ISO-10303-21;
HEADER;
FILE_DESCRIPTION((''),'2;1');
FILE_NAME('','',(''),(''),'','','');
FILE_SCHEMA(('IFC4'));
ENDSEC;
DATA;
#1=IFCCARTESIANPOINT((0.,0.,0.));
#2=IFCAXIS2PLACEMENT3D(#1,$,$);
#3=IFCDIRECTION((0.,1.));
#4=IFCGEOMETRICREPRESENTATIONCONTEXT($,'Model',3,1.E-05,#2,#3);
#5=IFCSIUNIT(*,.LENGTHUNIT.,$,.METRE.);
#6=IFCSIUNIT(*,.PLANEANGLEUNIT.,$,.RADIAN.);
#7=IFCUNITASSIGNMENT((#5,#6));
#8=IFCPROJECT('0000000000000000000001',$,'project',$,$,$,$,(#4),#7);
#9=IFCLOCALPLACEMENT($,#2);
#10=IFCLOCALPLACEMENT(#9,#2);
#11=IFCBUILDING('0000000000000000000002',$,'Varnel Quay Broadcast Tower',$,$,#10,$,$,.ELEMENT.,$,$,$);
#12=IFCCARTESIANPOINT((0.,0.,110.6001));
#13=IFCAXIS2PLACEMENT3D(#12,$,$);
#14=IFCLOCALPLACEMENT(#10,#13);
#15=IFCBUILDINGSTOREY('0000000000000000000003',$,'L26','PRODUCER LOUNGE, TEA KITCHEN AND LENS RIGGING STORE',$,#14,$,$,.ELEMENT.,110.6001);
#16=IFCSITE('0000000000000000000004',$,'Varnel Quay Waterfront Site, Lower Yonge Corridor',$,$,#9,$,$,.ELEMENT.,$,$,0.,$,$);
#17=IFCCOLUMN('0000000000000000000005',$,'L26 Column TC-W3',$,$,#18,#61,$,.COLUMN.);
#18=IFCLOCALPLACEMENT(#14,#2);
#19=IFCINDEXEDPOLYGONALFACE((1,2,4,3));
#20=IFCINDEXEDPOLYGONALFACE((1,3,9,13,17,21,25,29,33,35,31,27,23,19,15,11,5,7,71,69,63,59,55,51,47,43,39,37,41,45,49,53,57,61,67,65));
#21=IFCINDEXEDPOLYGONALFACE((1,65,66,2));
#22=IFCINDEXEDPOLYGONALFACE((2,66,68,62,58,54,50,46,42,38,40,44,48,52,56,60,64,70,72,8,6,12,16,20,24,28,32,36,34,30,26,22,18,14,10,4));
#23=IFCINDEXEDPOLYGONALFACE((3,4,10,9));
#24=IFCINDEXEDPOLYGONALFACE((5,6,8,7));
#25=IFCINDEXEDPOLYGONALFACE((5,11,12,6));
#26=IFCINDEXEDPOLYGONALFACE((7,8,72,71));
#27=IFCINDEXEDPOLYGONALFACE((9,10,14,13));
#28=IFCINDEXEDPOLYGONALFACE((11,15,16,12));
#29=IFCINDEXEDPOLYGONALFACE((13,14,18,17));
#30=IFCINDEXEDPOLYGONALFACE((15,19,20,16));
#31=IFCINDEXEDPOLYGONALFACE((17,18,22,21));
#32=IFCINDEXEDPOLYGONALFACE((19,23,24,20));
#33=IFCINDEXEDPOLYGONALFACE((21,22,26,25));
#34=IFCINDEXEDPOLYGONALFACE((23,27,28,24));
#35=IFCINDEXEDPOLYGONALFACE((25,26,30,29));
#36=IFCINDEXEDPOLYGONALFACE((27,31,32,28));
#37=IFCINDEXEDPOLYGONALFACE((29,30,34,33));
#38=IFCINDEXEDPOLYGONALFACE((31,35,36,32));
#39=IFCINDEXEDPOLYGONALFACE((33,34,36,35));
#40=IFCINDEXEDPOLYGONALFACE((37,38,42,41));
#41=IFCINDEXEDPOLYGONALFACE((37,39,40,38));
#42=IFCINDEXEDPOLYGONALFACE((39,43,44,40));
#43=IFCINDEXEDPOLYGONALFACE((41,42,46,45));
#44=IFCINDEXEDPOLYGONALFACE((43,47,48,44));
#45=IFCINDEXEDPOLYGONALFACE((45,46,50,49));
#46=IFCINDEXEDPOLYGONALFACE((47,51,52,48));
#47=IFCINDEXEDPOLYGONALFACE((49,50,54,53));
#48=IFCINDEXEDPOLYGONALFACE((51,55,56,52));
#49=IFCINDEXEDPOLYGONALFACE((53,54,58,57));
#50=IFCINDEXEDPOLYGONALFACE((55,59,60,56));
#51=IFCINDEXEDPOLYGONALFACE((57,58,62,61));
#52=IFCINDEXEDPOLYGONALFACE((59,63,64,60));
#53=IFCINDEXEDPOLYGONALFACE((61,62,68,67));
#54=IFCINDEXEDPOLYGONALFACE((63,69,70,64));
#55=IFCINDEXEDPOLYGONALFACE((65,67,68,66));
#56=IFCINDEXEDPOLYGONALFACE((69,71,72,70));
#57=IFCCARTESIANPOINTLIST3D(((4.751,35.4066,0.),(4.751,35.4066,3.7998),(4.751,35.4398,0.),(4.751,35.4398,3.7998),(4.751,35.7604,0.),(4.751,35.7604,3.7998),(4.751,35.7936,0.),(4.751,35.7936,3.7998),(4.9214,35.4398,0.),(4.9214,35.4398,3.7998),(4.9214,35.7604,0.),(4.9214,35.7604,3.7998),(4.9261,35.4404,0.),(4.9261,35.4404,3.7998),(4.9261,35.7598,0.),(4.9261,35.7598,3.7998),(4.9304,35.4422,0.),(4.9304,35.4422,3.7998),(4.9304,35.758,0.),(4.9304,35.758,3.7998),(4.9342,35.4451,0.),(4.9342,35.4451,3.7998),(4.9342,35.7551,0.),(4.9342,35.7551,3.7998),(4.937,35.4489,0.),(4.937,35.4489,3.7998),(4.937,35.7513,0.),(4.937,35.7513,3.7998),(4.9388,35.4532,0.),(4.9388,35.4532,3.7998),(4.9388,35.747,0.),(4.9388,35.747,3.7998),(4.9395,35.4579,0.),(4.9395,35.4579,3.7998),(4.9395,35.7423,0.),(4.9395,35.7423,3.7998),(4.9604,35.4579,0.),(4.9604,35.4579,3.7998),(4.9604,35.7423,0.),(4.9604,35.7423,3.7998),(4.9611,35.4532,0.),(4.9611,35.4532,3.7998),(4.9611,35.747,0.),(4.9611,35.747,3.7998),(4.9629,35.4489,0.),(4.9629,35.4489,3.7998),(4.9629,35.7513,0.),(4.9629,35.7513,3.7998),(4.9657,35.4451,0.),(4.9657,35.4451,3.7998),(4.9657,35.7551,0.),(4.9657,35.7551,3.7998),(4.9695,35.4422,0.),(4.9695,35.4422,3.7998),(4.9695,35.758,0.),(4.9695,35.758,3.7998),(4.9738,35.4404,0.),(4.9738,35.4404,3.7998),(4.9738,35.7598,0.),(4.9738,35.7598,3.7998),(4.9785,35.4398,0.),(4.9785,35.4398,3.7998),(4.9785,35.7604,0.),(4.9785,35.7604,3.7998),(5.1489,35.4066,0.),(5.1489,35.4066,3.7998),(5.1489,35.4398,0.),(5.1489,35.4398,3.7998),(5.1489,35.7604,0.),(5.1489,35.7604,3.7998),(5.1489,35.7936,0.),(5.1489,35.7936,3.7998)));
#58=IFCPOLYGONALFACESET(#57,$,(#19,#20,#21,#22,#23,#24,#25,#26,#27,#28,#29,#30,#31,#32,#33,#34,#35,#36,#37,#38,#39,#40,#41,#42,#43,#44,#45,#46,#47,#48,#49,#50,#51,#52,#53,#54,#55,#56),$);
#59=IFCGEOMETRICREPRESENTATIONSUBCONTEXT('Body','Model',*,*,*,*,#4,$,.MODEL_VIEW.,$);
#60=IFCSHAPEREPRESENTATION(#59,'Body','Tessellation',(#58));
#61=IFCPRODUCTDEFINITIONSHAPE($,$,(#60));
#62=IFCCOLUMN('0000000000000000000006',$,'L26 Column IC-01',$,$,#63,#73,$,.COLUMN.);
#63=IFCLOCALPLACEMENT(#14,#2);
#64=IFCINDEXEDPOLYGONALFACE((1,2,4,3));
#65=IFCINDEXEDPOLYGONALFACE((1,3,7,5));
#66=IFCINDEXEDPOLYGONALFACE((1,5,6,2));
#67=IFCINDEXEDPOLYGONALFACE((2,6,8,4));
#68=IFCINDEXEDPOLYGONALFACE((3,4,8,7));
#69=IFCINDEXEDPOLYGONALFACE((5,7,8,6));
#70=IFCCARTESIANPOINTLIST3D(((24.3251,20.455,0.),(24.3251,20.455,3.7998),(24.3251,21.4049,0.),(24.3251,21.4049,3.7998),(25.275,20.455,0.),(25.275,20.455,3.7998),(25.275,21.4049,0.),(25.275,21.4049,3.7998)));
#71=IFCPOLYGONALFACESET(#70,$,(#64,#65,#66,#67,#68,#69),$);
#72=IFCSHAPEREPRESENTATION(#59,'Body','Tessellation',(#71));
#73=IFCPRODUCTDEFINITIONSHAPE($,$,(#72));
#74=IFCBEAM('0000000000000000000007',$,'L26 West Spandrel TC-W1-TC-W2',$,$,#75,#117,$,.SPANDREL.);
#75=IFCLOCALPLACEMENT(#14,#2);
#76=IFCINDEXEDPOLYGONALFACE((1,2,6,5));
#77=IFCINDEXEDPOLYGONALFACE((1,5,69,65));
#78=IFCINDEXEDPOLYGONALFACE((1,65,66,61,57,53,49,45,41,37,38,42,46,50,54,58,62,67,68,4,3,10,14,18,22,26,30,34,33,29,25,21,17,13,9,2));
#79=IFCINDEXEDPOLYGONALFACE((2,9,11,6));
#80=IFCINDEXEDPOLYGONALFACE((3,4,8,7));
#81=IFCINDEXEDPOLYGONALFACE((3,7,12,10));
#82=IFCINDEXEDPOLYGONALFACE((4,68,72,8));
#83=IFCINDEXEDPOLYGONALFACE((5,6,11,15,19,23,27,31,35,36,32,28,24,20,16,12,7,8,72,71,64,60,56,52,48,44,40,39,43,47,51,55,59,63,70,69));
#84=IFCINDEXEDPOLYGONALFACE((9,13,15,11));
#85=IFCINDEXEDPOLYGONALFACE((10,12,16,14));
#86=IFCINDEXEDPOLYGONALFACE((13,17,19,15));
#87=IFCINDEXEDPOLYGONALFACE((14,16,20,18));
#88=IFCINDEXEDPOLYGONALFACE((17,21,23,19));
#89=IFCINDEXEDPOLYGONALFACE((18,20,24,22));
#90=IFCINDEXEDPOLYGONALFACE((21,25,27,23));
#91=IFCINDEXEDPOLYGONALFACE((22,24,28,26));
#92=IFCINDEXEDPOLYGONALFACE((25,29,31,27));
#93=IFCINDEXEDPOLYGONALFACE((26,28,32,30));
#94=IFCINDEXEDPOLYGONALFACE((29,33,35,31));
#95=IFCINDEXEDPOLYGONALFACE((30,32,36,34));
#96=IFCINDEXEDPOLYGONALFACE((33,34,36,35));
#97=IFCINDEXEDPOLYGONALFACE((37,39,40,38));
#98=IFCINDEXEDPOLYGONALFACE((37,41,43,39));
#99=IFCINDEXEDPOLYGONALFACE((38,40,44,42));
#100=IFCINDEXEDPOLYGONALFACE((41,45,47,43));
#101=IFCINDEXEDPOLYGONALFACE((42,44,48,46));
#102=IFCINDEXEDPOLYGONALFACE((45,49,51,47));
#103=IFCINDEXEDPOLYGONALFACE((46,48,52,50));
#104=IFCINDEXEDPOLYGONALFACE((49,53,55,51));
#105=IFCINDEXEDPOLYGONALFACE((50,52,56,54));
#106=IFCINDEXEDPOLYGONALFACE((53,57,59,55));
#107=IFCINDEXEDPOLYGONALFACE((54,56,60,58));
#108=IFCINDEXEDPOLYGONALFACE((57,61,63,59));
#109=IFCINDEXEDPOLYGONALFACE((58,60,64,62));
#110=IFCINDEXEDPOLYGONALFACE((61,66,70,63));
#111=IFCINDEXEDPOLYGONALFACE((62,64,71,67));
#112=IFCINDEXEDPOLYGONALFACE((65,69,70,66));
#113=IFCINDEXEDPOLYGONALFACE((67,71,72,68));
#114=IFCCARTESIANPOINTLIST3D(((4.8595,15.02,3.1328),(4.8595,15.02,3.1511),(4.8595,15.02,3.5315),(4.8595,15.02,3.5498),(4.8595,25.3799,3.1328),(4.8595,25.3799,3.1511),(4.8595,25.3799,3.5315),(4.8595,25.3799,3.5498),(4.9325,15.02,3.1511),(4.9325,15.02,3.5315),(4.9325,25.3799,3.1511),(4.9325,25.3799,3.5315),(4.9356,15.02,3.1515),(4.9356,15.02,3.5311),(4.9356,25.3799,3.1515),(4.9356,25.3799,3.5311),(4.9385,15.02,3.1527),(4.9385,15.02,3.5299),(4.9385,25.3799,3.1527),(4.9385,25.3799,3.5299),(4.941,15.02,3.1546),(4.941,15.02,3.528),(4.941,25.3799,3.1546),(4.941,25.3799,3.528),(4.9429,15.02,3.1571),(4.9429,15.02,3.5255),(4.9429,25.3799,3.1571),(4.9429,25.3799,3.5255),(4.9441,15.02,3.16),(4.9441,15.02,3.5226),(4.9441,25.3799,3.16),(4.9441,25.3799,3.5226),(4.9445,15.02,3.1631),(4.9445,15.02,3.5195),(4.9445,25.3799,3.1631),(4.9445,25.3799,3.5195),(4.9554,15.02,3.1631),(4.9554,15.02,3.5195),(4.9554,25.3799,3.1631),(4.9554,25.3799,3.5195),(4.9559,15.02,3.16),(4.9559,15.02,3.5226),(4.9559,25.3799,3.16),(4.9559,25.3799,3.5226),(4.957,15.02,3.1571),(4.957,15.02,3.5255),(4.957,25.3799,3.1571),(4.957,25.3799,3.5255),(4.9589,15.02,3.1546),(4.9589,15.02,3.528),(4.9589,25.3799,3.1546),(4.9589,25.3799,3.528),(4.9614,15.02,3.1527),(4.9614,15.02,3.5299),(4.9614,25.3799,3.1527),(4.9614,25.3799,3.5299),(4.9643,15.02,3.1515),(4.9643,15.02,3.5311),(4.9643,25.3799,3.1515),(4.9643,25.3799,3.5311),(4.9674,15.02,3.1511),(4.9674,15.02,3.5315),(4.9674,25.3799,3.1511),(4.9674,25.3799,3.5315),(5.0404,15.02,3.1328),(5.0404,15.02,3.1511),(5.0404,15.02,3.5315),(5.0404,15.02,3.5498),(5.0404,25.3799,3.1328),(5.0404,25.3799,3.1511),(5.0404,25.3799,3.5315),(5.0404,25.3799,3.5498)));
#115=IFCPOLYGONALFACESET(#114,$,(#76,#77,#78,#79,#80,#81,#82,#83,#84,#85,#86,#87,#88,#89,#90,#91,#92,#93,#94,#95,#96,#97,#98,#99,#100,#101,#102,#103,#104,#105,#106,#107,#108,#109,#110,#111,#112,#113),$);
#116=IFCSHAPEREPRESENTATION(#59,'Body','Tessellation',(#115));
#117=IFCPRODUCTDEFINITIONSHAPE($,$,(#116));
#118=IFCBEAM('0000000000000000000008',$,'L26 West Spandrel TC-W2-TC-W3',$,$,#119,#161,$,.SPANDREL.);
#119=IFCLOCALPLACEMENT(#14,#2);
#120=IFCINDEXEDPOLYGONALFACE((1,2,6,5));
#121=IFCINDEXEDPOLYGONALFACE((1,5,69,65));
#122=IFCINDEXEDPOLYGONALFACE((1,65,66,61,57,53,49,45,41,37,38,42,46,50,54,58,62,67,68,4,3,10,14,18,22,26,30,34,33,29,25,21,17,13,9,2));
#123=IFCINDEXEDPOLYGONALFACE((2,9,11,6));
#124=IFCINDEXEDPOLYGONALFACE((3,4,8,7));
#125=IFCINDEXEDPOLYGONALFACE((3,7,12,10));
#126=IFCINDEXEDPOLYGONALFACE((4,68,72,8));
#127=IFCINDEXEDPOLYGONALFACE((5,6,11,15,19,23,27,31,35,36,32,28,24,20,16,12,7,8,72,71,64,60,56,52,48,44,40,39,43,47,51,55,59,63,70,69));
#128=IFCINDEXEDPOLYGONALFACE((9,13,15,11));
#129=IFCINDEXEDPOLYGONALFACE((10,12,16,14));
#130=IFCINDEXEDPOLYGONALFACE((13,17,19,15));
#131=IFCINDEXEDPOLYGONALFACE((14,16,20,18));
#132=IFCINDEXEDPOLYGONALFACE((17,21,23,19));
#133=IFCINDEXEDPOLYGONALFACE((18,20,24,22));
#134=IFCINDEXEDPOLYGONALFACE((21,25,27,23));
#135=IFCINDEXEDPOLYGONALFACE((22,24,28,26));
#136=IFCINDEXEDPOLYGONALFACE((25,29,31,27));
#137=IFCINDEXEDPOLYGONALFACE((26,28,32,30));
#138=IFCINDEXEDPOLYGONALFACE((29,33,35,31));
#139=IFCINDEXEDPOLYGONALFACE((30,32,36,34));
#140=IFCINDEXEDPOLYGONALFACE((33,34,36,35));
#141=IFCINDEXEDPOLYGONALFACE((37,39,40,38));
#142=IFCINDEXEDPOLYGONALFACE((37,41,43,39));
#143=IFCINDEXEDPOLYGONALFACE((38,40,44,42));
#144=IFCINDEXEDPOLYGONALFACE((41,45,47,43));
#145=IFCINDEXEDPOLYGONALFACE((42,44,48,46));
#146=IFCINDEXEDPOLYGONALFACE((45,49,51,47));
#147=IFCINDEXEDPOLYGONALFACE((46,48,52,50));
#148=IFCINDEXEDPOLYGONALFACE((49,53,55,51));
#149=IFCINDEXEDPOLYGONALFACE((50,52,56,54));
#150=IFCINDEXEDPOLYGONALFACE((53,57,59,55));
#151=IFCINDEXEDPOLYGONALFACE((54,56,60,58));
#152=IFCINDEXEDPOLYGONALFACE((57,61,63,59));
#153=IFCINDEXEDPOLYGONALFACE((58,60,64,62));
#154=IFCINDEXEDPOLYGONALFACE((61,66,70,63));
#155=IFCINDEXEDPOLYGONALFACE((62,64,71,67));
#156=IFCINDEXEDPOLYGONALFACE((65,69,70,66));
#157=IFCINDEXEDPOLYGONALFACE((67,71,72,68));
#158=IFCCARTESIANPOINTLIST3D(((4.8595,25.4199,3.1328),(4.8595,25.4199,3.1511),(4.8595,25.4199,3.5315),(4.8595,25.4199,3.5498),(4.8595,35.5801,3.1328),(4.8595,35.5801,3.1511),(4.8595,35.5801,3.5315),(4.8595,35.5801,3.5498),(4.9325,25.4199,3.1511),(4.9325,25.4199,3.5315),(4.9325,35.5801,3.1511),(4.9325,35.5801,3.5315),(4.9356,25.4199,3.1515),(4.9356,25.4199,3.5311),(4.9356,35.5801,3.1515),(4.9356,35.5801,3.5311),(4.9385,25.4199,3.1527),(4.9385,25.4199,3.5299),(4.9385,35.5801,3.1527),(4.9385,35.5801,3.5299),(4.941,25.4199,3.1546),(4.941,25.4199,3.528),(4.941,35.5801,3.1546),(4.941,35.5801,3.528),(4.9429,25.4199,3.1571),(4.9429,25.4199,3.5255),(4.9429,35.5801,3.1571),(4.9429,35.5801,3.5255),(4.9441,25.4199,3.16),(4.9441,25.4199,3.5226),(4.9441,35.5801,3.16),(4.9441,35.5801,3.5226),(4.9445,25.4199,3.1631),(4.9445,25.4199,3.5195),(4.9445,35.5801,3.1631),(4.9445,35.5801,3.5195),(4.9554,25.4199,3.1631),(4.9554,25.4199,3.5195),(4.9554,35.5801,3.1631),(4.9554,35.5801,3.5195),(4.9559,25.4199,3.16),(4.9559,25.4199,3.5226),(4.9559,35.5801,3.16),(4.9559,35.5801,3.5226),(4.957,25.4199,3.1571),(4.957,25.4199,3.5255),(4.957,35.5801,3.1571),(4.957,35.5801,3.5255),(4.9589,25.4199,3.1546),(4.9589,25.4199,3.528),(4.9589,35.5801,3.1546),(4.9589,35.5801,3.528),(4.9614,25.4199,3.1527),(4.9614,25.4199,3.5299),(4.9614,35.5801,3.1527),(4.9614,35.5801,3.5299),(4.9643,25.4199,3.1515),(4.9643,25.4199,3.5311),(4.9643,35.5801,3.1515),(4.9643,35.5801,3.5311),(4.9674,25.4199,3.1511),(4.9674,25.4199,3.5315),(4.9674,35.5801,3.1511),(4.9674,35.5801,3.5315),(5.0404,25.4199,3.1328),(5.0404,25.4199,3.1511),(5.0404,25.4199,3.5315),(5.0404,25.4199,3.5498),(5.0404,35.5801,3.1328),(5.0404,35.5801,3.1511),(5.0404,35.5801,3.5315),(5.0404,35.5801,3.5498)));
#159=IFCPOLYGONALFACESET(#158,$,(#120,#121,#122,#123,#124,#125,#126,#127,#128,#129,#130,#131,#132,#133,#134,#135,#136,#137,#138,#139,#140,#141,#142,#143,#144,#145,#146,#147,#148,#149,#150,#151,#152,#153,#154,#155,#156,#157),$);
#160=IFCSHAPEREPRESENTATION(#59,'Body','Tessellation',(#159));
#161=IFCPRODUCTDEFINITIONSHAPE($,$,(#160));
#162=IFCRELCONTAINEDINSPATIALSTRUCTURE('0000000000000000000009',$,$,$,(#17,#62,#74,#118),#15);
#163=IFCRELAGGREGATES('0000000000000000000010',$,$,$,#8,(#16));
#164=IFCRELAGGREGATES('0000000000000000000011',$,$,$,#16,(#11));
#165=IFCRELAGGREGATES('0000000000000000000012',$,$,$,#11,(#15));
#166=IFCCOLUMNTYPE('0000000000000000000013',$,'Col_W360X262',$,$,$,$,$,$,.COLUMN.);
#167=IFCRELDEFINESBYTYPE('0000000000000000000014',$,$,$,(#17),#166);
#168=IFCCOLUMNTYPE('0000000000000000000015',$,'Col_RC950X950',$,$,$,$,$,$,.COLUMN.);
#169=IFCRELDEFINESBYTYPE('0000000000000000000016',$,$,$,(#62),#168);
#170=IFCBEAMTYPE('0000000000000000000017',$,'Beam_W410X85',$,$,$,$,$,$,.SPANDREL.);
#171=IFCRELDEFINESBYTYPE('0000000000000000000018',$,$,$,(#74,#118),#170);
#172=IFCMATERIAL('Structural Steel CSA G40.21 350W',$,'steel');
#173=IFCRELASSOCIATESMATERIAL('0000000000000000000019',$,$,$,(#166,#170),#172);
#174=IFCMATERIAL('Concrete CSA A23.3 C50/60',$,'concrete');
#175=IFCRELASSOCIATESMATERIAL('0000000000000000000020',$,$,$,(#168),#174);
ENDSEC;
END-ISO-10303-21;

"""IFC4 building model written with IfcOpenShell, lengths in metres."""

from ifc_helpers import new_model, si_unit, direction, frame, origin, origin_2d, place, context, subcontext, project, spatial, rectangle, i_section, extrude, source, transform, mapped, material, material_profile, profile_set, type_object, type_shapes, element, save


model = new_model("IFC4")

# Units and contexts
model_context = context("Model", 3, precision=1e-05, world=origin(), true_north=direction((0.0, 1.0)))
body_context = subcontext(model_context, "Body", "Model", "MODEL_VIEW")
ifc_project = project(units=[si_unit("LENGTHUNIT", "METRE"), si_unit("PLANEANGLEUNIT", "RADIAN")], contexts=[model_context])

# Site, building, storey
site_placement = place(None, origin())
site = spatial("IfcSite", under=ifc_project, at=site_placement, Name="Varnel Quay Waterfront Site, Lower Yonge Corridor", CompositionType="ELEMENT", RefElevation=0.0)
building_placement = place(site_placement, origin())
building = spatial("IfcBuilding", under=site, at=building_placement, Name="Varnel Quay Broadcast Tower", CompositionType="ELEMENT")
storey_placement = place(building_placement, frame((0.0, 0.0, 110.6001)))
storey = spatial("IfcBuildingStorey", under=building, at=storey_placement, Name="L26", Description="PRODUCER LOUNGE, TEA KITCHEN AND LENS RIGGING STORE", CompositionType="ELEMENT", Elevation=110.6001)

# Columns
ifc_material_1 = material(Name="Structural Steel CSA G40.21 350W", Category="steel")
ifc_material_profile_1 = material_profile(ifc_material_1, i_section(OverallWidth=0.3979, OverallDepth=0.387, WebThickness=0.021, FlangeThickness=0.0332, FilletRadius=0.0181, at=origin_2d()), Name="W360X262")
ifc_profile_set_1 = profile_set([ifc_material_profile_1], Name="Structural Steel CSA G40.21 350W")
column_type_1 = type_object("IfcColumnType", Name="Col_W360X262", PredefinedType="COLUMN", material=ifc_profile_set_1)
shared_shape_1 = source(origin(), body_context, "Body", "SweptSolid", [
    extrude(i_section(OverallWidth=0.3979, OverallDepth=0.387, WebThickness=0.021, FlangeThickness=0.0332, FilletRadius=0.0181, at=origin_2d()), origin(), (0.0, 0.0, 1.0), 3.7998),
])
type_shapes(column_type_1, [shared_shape_1])
for number, where, z_axis, x_axis, name in (
    (1, (4.95, 35.6001, 0.0), (0.0, 0.0, 1.0), (1.0, 0.0, 0.0), "L26 Column TC-W3"),
):
    element("IfcColumn", number, at=place(storey_placement, frame(where, z_axis=z_axis, x_axis=x_axis)), inside=storey, type_object=column_type_1, Name=name, PredefinedType="COLUMN", context=body_context, shape_type="MappedRepresentation", body=[
        mapped(shared_shape_1, transform((0.0, 0.0, 0.0), x_axis=(1.0, 0.0, 0.0), y_axis=(0.0, 1.0, 0.0), z_axis=(0.0, 0.0, 1.0), scale=1.0)),
    ])
ifc_material_2 = material(Name="Concrete CSA A23.3 C50/60", Category="concrete")
ifc_material_profile_2 = material_profile(ifc_material_2, rectangle(XDim=0.95, YDim=0.95, at=origin_2d()), Name="RC950X950")
ifc_profile_set_2 = profile_set([ifc_material_profile_2], Name="Concrete CSA A23.3 C50/60")
column_type_2 = type_object("IfcColumnType", Name="Col_RC950X950", PredefinedType="COLUMN", material=ifc_profile_set_2)
shared_shape_2 = source(origin(), body_context, "Body", "SweptSolid", [
    extrude(rectangle(XDim=0.95, YDim=0.95, at=origin_2d()), origin(), (0.0, 0.0, 1.0), 3.7998),
])
type_shapes(column_type_2, [shared_shape_2])
column_placement = place(storey_placement, frame((24.8, 20.9299, 0.0), z_axis=(0.0, 0.0, 1.0), x_axis=(1.0, 0.0, 0.0)))
element("IfcColumn", 2, at=column_placement, inside=storey, type_object=column_type_2, Name="L26 Column IC-01", PredefinedType="COLUMN", context=body_context, shape_type="MappedRepresentation", body=[
    mapped(shared_shape_2, transform((0.0, 0.0, 0.0), x_axis=(1.0, 0.0, 0.0), y_axis=(0.0, 1.0, 0.0), z_axis=(0.0, 0.0, 1.0), scale=1.0)),
])

# Beams
ifc_material_profile_3 = material_profile(ifc_material_1, i_section(OverallWidth=0.1809, OverallDepth=0.417, WebThickness=0.011, FlangeThickness=0.0183, FilletRadius=0.012, at=origin_2d()), Name="W410X85")
ifc_profile_set_3 = profile_set([ifc_material_profile_3], Name="Structural Steel CSA G40.21 350W")
beam_type_1 = type_object("IfcBeamType", Name="Beam_W410X85", PredefinedType="SPANDREL", material=ifc_profile_set_3)
shared_shape_3 = source(origin(), body_context, "Body", "SweptSolid", [
    extrude(i_section(OverallWidth=0.1809, OverallDepth=0.417, WebThickness=0.011, FlangeThickness=0.0183, FilletRadius=0.012, at=origin_2d()), origin(), (0.0, 0.0, 1.0), 10.3599),
])
beam_1_placement = place(storey_placement, frame((4.95, 15.02, 3.3413), z_axis=(0.0, 1.0, 0.0), x_axis=(-1.0, 0.0, 0.0)))
element("IfcBeam", 3, at=beam_1_placement, inside=storey, type_object=beam_type_1, Name="L26 West Spandrel TC-W1-TC-W2", PredefinedType="SPANDREL", context=body_context, shape_type="MappedRepresentation", body=[
    mapped(shared_shape_3, transform((0.0, 0.0, 0.0), x_axis=(1.0, 0.0, 0.0), y_axis=(0.0, 1.0, 0.0), z_axis=(0.0, 0.0, 1.0), scale=1.0)),
])
shared_shape_4 = source(origin(), body_context, "Body", "SweptSolid", [
    extrude(i_section(OverallWidth=0.1809, OverallDepth=0.417, WebThickness=0.011, FlangeThickness=0.0183, FilletRadius=0.012, at=origin_2d()), origin(), (0.0, 0.0, 1.0), 10.1602),
])
type_shapes(beam_type_1, [shared_shape_3, shared_shape_4])
beam_2_placement = place(storey_placement, frame((4.95, 25.4199, 3.3413), z_axis=(0.0, 1.0, 0.0), x_axis=(-1.0, 0.0, 0.0)))
element("IfcBeam", 4, at=beam_2_placement, inside=storey, type_object=beam_type_1, Name="L26 West Spandrel TC-W2-TC-W3", PredefinedType="SPANDREL", context=body_context, shape_type="MappedRepresentation", body=[
    mapped(shared_shape_4, transform((0.0, 0.0, 0.0), x_axis=(1.0, 0.0, 0.0), y_axis=(0.0, 1.0, 0.0), z_axis=(0.0, 0.0, 1.0), scale=1.0)),
])

save(model, "model.ifc")
